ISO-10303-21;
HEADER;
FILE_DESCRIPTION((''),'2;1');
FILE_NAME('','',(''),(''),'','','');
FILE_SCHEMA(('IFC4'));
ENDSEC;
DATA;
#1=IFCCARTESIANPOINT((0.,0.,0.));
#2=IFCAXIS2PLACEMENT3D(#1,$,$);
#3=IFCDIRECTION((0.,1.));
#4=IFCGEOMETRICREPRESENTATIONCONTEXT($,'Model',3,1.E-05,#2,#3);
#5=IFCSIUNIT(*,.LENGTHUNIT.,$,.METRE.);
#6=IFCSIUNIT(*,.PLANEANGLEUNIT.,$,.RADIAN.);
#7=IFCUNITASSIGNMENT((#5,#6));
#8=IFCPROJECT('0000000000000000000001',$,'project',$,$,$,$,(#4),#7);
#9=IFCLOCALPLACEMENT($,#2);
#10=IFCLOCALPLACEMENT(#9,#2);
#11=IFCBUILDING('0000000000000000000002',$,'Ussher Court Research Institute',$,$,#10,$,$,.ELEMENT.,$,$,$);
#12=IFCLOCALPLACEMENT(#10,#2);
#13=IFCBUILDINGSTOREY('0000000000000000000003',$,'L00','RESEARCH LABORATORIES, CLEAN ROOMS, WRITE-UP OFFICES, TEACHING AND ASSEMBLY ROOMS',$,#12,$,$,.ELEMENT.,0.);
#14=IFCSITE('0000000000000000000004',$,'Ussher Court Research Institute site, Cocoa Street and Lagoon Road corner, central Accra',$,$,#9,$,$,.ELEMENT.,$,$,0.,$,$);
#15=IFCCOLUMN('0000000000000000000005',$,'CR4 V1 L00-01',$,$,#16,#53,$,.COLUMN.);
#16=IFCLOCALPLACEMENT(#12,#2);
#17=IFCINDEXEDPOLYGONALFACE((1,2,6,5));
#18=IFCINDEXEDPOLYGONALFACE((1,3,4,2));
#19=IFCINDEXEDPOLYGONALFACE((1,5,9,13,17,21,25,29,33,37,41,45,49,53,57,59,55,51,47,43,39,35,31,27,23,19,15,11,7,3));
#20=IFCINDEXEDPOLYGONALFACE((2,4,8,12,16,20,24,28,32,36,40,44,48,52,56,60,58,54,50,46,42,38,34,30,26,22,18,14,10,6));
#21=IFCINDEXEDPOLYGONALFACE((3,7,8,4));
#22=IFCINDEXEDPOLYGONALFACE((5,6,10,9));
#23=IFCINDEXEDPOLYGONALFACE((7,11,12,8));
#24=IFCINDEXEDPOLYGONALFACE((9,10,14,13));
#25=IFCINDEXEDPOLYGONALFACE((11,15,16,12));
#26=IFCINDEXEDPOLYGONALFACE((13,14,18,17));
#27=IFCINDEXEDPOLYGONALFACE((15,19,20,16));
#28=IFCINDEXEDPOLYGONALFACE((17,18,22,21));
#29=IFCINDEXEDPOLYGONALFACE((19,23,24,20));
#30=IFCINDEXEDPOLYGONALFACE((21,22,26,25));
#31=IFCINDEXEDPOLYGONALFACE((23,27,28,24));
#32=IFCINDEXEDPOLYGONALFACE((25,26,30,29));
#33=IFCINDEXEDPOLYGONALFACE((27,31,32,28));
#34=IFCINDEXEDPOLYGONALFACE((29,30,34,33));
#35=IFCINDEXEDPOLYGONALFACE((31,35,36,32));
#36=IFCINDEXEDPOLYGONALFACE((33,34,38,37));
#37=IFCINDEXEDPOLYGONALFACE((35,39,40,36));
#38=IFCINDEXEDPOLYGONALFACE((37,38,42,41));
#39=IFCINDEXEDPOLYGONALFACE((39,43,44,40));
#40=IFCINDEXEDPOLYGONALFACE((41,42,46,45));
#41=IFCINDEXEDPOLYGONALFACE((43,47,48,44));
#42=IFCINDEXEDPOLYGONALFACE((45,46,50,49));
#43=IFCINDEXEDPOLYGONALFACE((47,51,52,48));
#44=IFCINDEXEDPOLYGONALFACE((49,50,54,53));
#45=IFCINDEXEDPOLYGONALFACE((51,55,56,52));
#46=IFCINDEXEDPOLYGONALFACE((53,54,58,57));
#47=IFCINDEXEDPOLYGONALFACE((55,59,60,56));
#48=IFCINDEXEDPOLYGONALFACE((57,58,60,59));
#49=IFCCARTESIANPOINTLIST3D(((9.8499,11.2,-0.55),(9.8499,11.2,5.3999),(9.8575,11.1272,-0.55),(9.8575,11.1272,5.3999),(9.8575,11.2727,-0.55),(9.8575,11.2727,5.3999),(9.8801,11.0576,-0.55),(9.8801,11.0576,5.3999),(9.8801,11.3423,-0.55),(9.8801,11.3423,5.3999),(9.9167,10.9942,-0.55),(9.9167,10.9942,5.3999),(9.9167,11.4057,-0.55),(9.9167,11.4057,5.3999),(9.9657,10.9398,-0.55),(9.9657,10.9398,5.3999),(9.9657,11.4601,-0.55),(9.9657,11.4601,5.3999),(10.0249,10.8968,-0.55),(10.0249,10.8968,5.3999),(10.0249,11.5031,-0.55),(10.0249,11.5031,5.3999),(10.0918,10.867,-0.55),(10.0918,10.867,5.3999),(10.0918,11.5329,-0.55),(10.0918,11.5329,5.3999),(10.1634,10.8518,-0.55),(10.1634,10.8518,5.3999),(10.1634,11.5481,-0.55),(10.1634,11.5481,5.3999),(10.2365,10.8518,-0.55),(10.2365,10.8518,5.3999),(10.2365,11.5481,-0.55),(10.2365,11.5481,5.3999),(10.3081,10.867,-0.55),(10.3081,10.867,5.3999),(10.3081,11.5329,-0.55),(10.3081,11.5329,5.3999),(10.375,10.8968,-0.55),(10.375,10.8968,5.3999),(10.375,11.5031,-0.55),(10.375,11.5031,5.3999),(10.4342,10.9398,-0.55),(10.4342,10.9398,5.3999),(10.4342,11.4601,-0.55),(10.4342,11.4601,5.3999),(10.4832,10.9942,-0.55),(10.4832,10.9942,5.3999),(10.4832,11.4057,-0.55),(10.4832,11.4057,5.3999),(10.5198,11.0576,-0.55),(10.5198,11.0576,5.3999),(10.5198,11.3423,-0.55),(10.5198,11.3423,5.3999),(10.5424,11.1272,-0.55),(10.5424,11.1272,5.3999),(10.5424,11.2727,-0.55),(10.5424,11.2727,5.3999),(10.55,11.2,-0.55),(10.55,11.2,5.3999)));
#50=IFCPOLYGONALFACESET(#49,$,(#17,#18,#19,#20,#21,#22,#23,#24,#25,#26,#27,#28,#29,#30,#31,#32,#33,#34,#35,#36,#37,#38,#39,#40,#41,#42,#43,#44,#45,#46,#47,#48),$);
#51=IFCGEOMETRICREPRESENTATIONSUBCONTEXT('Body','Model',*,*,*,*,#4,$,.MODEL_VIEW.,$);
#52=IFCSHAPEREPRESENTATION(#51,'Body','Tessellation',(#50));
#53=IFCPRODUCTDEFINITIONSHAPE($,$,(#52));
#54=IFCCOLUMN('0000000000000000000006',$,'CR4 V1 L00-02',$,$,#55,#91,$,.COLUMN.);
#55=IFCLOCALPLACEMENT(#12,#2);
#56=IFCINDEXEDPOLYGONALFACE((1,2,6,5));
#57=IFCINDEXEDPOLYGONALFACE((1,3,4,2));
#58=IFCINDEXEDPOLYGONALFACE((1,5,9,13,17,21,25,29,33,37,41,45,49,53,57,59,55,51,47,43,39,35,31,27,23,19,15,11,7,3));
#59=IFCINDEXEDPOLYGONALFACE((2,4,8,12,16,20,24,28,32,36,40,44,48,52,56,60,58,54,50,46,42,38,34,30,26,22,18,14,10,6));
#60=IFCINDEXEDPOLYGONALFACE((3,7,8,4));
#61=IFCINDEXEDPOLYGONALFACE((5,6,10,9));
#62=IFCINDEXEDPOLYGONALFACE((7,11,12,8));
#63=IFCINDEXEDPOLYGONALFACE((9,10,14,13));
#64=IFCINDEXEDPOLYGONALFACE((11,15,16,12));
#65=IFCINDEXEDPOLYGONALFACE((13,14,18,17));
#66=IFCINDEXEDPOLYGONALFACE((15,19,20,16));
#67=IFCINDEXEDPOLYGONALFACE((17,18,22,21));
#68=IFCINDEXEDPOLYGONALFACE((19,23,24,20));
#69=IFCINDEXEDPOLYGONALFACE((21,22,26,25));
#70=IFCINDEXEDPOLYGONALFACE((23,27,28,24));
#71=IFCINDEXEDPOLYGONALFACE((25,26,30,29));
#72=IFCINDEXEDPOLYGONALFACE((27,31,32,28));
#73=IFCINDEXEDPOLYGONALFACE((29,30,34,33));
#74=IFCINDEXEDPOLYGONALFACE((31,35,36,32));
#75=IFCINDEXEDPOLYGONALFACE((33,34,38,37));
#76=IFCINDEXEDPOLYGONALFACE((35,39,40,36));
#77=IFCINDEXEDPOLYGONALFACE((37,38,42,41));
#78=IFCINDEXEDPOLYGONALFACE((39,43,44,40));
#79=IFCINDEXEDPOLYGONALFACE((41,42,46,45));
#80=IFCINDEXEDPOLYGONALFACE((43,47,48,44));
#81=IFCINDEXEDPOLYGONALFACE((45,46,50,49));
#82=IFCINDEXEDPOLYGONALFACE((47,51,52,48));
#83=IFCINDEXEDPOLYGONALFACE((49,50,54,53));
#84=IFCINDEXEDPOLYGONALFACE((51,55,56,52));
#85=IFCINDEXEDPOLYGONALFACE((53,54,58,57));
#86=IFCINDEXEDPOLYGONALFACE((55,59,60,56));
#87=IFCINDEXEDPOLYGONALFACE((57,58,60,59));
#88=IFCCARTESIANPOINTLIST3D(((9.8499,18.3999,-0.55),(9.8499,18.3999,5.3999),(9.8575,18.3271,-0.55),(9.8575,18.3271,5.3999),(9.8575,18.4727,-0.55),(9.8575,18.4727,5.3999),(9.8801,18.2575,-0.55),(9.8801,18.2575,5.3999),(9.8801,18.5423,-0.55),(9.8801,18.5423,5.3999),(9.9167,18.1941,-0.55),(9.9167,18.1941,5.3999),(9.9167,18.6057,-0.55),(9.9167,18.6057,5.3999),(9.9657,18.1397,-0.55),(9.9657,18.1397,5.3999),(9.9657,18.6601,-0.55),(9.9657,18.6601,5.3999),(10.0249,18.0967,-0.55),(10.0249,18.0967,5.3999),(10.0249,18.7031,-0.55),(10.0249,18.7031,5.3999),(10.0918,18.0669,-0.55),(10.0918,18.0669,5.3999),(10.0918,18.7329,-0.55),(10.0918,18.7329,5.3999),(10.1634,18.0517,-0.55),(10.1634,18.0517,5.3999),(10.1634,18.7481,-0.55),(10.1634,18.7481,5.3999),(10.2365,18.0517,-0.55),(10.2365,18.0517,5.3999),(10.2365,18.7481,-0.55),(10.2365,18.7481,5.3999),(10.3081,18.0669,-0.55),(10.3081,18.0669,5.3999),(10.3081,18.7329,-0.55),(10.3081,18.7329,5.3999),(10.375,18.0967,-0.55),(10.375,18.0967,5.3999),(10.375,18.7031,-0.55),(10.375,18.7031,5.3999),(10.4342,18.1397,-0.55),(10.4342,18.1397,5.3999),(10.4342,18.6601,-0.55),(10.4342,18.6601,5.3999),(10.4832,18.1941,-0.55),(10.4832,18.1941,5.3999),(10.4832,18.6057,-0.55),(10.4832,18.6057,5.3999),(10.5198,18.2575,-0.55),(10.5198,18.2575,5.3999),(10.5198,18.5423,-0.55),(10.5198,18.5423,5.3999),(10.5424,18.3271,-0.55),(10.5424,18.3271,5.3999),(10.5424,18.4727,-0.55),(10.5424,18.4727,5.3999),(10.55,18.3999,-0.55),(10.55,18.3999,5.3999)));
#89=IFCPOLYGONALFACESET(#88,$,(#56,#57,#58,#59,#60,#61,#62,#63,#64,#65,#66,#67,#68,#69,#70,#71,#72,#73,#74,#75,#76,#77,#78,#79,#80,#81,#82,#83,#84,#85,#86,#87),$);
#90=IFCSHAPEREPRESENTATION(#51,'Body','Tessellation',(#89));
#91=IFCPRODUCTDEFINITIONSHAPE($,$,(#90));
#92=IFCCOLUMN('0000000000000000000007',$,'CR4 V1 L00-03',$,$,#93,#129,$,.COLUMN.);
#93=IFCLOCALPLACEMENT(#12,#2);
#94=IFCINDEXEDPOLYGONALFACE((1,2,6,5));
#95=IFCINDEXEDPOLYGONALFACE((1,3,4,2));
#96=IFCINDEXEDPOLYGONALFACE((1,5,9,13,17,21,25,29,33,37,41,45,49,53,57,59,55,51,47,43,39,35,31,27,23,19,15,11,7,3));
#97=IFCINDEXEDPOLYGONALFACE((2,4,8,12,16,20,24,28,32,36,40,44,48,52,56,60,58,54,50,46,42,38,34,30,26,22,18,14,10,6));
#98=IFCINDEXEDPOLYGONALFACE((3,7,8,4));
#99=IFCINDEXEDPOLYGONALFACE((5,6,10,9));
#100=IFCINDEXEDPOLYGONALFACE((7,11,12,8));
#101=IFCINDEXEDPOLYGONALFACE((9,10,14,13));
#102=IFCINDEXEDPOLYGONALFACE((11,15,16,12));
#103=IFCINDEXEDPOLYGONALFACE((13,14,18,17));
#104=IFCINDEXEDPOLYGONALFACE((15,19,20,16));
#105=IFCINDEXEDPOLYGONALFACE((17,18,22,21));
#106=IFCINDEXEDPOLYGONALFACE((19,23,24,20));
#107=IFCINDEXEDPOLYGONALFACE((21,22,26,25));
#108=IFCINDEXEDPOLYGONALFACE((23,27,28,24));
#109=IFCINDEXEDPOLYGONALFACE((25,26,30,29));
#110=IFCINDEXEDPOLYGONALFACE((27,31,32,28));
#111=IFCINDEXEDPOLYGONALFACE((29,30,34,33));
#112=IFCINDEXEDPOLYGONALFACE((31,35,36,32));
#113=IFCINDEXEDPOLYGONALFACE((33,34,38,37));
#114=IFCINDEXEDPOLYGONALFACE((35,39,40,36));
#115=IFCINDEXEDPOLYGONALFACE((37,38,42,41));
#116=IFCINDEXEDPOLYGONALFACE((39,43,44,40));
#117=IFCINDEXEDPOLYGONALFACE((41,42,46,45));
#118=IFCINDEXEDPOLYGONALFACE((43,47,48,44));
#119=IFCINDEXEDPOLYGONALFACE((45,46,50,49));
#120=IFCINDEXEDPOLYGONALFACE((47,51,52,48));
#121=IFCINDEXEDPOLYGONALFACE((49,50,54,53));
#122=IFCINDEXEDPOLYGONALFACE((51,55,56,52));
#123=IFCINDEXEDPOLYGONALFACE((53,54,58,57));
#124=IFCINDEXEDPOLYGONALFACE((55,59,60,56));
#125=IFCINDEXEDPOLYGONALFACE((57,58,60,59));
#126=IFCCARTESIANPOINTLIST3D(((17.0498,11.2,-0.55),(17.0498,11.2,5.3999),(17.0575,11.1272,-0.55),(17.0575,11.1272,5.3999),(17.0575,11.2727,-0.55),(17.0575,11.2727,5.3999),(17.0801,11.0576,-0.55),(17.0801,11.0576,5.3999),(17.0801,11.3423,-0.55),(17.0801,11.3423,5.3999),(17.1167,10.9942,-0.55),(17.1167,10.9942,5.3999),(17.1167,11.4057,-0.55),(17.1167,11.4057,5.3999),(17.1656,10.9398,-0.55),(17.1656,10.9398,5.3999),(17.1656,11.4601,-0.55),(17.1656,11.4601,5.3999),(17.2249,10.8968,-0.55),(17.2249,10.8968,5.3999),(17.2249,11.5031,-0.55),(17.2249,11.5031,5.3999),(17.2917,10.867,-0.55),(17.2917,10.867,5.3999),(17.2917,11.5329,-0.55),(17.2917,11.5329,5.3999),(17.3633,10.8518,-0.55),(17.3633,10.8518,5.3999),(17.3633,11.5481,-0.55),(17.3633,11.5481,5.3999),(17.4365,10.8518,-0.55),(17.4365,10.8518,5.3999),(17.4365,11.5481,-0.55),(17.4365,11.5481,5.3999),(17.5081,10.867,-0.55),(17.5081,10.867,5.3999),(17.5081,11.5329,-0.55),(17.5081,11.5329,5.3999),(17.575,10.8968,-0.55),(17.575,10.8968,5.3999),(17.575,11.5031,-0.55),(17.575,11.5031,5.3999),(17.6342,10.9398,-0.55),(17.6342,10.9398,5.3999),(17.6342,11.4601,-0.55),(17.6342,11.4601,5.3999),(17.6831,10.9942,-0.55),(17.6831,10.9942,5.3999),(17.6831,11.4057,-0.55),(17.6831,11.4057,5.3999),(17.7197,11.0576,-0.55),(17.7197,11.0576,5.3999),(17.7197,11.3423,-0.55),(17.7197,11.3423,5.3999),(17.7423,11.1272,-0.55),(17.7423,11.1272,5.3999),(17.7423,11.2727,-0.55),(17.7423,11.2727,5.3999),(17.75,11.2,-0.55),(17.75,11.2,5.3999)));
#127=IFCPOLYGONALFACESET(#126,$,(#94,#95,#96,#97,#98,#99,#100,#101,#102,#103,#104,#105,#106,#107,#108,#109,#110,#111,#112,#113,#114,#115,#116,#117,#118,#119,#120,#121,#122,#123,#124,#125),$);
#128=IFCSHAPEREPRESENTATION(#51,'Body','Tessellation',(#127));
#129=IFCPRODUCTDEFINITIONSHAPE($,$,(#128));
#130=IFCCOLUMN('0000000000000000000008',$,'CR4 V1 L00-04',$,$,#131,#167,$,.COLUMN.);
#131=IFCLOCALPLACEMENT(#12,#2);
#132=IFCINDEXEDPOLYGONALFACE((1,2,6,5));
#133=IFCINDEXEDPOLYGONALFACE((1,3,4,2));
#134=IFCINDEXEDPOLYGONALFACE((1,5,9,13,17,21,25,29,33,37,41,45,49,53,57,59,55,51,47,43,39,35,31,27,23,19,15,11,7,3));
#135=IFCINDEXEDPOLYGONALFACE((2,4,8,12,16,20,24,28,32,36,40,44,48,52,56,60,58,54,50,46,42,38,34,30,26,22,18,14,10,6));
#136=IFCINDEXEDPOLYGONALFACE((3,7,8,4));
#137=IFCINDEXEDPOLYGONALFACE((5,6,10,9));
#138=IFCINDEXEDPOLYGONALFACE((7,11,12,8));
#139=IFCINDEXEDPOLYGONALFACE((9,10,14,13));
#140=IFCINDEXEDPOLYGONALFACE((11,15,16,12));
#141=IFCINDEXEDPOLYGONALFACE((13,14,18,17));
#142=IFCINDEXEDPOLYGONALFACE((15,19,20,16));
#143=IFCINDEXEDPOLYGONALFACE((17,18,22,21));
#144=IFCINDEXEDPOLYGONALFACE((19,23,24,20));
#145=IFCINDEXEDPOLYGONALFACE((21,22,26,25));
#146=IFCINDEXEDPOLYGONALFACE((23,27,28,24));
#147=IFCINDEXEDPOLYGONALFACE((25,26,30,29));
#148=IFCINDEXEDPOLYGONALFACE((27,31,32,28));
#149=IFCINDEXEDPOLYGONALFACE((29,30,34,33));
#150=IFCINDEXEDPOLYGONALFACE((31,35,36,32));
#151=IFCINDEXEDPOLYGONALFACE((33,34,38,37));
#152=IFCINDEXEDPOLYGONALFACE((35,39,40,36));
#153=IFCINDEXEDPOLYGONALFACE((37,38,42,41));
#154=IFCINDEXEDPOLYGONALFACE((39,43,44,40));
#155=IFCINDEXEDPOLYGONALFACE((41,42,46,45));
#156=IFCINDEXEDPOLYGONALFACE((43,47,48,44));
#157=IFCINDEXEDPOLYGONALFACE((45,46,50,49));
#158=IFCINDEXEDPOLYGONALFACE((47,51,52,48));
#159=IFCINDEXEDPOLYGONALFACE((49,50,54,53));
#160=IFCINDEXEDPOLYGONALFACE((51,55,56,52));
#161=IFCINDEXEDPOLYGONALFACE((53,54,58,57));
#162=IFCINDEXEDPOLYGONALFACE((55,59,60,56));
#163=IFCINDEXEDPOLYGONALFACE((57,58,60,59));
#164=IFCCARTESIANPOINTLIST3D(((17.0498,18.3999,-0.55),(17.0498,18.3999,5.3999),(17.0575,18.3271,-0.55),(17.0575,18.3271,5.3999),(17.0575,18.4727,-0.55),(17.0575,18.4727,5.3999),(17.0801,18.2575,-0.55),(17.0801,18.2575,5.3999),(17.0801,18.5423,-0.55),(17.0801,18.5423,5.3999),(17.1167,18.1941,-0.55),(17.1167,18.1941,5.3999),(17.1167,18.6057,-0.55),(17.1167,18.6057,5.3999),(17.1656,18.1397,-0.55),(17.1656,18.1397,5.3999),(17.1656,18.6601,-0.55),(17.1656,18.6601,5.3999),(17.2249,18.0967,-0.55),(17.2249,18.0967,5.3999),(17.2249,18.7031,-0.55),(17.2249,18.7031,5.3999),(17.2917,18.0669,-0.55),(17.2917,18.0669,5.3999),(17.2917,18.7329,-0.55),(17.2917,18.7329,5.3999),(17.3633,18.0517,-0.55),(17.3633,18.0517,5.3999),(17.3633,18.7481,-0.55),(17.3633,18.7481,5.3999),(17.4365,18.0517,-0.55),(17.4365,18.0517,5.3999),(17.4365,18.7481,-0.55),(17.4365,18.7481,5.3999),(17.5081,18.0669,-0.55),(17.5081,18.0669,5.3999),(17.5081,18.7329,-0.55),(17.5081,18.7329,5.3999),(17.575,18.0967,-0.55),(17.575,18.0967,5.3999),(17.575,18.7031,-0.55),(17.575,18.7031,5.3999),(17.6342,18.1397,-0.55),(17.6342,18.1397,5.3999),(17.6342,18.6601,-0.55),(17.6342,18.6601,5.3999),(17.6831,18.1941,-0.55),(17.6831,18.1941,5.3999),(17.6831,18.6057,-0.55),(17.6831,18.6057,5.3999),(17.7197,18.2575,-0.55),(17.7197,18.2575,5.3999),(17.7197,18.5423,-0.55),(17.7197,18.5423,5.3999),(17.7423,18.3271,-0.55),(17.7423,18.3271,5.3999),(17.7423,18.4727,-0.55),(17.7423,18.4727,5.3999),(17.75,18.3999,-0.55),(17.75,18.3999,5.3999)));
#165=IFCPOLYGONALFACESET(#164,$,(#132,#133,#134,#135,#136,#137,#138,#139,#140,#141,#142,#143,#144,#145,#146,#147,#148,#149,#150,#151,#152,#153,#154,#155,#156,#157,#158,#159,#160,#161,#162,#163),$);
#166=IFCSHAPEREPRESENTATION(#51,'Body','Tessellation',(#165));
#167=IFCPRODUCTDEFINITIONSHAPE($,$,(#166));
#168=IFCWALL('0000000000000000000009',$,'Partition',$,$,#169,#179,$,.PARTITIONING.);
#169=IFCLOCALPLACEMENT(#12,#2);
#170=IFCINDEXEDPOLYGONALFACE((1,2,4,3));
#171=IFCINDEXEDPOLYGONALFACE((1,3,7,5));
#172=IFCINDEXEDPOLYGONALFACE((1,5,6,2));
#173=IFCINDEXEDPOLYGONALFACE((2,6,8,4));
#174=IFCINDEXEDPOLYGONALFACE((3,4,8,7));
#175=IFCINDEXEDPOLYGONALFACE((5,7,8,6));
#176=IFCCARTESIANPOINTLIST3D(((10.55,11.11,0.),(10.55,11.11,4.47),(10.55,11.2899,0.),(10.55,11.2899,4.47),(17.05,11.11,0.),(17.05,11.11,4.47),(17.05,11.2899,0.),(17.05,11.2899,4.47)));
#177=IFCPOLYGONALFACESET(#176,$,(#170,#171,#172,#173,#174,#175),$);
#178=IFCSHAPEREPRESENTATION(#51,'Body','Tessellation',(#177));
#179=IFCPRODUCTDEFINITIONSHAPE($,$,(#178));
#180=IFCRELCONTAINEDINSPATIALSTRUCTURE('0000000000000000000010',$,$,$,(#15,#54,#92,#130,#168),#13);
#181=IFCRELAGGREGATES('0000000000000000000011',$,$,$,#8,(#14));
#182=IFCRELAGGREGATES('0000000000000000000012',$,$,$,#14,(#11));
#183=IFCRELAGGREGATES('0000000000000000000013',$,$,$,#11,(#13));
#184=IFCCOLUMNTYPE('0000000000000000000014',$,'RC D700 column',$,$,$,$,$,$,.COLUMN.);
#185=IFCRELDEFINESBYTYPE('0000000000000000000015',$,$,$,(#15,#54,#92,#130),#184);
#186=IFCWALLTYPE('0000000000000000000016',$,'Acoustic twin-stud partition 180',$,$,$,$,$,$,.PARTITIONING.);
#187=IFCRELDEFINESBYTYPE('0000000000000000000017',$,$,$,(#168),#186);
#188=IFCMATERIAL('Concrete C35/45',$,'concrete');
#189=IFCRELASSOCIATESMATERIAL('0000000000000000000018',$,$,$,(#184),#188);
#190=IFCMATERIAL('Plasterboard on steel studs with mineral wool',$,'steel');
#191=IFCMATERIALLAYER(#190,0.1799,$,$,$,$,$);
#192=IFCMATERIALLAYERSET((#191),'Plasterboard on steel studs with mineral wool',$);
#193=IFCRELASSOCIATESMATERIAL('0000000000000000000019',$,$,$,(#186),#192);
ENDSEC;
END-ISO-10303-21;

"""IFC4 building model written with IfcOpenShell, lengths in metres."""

from ifc_helpers import new_model, si_unit, direction, frame, frame_2d, origin, origin_2d, place, context, subcontext, project, spatial, rectangle, circle, extrude, material, layer, layer_set, material_profile, profile_set, type_object, element, save


model = new_model("IFC4")

# Units and contexts
model_context = context("Model", 3, precision=1e-05, world=origin(), true_north=direction((0.0, 1.0)))
body_context = subcontext(model_context, "Body", "Model", "MODEL_VIEW")
ifc_project = project(units=[si_unit("LENGTHUNIT", "METRE"), si_unit("PLANEANGLEUNIT", "RADIAN")], contexts=[model_context])

# Site, building, storey
site_placement = place(None, origin())
site = spatial("IfcSite", under=ifc_project, at=site_placement, Name="Ussher Court Research Institute site, Cocoa Street and Lagoon Road corner, central Accra", CompositionType="ELEMENT", RefElevation=0.0)
building_placement = place(site_placement, origin())
building = spatial("IfcBuilding", under=site, at=building_placement, Name="Ussher Court Research Institute", CompositionType="ELEMENT")
storey_placement = place(building_placement, origin())
storey = spatial("IfcBuildingStorey", under=building, at=storey_placement, Name="L00", Description="RESEARCH LABORATORIES, CLEAN ROOMS, WRITE-UP OFFICES, TEACHING AND ASSEMBLY ROOMS", CompositionType="ELEMENT", Elevation=0.0)

# Columns
ifc_material_1 = material(Name="Concrete C35/45", Category="concrete")
ifc_material_profile_1 = material_profile(ifc_material_1, circle(Radius=0.3501, at=origin_2d()), Name="RC D700")
ifc_profile_set_1 = profile_set([ifc_material_profile_1], Name="Concrete C35/45")
column_type = type_object("IfcColumnType", Name="RC D700 column", PredefinedType="COLUMN", material=ifc_profile_set_1)
for number, where, z_axis, x_axis, name in (
    (1, (10.2, 11.2, -0.55), (0.0, 0.0, 1.0), (1.0, 0.0, 0.0), "CR4 V1 L00-01"),
    (2, (10.2, 18.3999, -0.55), (0.0, 0.0, 1.0), (1.0, 0.0, 0.0), "CR4 V1 L00-02"),
    (3, (17.3999, 11.2, -0.55), (0.0, 0.0, 1.0), (1.0, 0.0, 0.0), "CR4 V1 L00-03"),
    (4, (17.3999, 18.3999, -0.55), (0.0, 0.0, 1.0), (1.0, 0.0, 0.0), "CR4 V1 L00-04"),
):
    element("IfcColumn", number, at=place(storey_placement, frame(where, z_axis=z_axis, x_axis=x_axis)), inside=storey, type_object=column_type, Name=name, PredefinedType="COLUMN", context=body_context, shape_type="SweptSolid", body=[
        extrude(circle(Radius=0.3501, at=origin_2d()), origin(), (0.0, 0.0, 1.0), 5.95),
    ])

# Wall
ifc_material_2 = material(Name="Plasterboard on steel studs with mineral wool", Category="steel")
ifc_layer_1 = layer(ifc_material_2, 0.1799)
ifc_layer_set_1 = layer_set([ifc_layer_1], Name="Plasterboard on steel studs with mineral wool")
wall_type_1 = type_object("IfcWallType", Name="Acoustic twin-stud partition 180", PredefinedType="PARTITIONING", material=ifc_layer_set_1)
wall_1_placement = place(storey_placement, frame((10.55, 11.2, 0.0), z_axis=(0.0, 0.0, 1.0), x_axis=(1.0, 0.0, 0.0)))
element("IfcWall", 5, at=wall_1_placement, inside=storey, type_object=wall_type_1, Name="Partition", PredefinedType="PARTITIONING", context=body_context, shape_type="SweptSolid", body=[
    extrude(rectangle(XDim=6.5, YDim=0.1799, at=frame_2d((3.25, 0.0))), origin(), (0.0, 0.0, 1.0), 4.47),
])

save(model, "model.ifc")
